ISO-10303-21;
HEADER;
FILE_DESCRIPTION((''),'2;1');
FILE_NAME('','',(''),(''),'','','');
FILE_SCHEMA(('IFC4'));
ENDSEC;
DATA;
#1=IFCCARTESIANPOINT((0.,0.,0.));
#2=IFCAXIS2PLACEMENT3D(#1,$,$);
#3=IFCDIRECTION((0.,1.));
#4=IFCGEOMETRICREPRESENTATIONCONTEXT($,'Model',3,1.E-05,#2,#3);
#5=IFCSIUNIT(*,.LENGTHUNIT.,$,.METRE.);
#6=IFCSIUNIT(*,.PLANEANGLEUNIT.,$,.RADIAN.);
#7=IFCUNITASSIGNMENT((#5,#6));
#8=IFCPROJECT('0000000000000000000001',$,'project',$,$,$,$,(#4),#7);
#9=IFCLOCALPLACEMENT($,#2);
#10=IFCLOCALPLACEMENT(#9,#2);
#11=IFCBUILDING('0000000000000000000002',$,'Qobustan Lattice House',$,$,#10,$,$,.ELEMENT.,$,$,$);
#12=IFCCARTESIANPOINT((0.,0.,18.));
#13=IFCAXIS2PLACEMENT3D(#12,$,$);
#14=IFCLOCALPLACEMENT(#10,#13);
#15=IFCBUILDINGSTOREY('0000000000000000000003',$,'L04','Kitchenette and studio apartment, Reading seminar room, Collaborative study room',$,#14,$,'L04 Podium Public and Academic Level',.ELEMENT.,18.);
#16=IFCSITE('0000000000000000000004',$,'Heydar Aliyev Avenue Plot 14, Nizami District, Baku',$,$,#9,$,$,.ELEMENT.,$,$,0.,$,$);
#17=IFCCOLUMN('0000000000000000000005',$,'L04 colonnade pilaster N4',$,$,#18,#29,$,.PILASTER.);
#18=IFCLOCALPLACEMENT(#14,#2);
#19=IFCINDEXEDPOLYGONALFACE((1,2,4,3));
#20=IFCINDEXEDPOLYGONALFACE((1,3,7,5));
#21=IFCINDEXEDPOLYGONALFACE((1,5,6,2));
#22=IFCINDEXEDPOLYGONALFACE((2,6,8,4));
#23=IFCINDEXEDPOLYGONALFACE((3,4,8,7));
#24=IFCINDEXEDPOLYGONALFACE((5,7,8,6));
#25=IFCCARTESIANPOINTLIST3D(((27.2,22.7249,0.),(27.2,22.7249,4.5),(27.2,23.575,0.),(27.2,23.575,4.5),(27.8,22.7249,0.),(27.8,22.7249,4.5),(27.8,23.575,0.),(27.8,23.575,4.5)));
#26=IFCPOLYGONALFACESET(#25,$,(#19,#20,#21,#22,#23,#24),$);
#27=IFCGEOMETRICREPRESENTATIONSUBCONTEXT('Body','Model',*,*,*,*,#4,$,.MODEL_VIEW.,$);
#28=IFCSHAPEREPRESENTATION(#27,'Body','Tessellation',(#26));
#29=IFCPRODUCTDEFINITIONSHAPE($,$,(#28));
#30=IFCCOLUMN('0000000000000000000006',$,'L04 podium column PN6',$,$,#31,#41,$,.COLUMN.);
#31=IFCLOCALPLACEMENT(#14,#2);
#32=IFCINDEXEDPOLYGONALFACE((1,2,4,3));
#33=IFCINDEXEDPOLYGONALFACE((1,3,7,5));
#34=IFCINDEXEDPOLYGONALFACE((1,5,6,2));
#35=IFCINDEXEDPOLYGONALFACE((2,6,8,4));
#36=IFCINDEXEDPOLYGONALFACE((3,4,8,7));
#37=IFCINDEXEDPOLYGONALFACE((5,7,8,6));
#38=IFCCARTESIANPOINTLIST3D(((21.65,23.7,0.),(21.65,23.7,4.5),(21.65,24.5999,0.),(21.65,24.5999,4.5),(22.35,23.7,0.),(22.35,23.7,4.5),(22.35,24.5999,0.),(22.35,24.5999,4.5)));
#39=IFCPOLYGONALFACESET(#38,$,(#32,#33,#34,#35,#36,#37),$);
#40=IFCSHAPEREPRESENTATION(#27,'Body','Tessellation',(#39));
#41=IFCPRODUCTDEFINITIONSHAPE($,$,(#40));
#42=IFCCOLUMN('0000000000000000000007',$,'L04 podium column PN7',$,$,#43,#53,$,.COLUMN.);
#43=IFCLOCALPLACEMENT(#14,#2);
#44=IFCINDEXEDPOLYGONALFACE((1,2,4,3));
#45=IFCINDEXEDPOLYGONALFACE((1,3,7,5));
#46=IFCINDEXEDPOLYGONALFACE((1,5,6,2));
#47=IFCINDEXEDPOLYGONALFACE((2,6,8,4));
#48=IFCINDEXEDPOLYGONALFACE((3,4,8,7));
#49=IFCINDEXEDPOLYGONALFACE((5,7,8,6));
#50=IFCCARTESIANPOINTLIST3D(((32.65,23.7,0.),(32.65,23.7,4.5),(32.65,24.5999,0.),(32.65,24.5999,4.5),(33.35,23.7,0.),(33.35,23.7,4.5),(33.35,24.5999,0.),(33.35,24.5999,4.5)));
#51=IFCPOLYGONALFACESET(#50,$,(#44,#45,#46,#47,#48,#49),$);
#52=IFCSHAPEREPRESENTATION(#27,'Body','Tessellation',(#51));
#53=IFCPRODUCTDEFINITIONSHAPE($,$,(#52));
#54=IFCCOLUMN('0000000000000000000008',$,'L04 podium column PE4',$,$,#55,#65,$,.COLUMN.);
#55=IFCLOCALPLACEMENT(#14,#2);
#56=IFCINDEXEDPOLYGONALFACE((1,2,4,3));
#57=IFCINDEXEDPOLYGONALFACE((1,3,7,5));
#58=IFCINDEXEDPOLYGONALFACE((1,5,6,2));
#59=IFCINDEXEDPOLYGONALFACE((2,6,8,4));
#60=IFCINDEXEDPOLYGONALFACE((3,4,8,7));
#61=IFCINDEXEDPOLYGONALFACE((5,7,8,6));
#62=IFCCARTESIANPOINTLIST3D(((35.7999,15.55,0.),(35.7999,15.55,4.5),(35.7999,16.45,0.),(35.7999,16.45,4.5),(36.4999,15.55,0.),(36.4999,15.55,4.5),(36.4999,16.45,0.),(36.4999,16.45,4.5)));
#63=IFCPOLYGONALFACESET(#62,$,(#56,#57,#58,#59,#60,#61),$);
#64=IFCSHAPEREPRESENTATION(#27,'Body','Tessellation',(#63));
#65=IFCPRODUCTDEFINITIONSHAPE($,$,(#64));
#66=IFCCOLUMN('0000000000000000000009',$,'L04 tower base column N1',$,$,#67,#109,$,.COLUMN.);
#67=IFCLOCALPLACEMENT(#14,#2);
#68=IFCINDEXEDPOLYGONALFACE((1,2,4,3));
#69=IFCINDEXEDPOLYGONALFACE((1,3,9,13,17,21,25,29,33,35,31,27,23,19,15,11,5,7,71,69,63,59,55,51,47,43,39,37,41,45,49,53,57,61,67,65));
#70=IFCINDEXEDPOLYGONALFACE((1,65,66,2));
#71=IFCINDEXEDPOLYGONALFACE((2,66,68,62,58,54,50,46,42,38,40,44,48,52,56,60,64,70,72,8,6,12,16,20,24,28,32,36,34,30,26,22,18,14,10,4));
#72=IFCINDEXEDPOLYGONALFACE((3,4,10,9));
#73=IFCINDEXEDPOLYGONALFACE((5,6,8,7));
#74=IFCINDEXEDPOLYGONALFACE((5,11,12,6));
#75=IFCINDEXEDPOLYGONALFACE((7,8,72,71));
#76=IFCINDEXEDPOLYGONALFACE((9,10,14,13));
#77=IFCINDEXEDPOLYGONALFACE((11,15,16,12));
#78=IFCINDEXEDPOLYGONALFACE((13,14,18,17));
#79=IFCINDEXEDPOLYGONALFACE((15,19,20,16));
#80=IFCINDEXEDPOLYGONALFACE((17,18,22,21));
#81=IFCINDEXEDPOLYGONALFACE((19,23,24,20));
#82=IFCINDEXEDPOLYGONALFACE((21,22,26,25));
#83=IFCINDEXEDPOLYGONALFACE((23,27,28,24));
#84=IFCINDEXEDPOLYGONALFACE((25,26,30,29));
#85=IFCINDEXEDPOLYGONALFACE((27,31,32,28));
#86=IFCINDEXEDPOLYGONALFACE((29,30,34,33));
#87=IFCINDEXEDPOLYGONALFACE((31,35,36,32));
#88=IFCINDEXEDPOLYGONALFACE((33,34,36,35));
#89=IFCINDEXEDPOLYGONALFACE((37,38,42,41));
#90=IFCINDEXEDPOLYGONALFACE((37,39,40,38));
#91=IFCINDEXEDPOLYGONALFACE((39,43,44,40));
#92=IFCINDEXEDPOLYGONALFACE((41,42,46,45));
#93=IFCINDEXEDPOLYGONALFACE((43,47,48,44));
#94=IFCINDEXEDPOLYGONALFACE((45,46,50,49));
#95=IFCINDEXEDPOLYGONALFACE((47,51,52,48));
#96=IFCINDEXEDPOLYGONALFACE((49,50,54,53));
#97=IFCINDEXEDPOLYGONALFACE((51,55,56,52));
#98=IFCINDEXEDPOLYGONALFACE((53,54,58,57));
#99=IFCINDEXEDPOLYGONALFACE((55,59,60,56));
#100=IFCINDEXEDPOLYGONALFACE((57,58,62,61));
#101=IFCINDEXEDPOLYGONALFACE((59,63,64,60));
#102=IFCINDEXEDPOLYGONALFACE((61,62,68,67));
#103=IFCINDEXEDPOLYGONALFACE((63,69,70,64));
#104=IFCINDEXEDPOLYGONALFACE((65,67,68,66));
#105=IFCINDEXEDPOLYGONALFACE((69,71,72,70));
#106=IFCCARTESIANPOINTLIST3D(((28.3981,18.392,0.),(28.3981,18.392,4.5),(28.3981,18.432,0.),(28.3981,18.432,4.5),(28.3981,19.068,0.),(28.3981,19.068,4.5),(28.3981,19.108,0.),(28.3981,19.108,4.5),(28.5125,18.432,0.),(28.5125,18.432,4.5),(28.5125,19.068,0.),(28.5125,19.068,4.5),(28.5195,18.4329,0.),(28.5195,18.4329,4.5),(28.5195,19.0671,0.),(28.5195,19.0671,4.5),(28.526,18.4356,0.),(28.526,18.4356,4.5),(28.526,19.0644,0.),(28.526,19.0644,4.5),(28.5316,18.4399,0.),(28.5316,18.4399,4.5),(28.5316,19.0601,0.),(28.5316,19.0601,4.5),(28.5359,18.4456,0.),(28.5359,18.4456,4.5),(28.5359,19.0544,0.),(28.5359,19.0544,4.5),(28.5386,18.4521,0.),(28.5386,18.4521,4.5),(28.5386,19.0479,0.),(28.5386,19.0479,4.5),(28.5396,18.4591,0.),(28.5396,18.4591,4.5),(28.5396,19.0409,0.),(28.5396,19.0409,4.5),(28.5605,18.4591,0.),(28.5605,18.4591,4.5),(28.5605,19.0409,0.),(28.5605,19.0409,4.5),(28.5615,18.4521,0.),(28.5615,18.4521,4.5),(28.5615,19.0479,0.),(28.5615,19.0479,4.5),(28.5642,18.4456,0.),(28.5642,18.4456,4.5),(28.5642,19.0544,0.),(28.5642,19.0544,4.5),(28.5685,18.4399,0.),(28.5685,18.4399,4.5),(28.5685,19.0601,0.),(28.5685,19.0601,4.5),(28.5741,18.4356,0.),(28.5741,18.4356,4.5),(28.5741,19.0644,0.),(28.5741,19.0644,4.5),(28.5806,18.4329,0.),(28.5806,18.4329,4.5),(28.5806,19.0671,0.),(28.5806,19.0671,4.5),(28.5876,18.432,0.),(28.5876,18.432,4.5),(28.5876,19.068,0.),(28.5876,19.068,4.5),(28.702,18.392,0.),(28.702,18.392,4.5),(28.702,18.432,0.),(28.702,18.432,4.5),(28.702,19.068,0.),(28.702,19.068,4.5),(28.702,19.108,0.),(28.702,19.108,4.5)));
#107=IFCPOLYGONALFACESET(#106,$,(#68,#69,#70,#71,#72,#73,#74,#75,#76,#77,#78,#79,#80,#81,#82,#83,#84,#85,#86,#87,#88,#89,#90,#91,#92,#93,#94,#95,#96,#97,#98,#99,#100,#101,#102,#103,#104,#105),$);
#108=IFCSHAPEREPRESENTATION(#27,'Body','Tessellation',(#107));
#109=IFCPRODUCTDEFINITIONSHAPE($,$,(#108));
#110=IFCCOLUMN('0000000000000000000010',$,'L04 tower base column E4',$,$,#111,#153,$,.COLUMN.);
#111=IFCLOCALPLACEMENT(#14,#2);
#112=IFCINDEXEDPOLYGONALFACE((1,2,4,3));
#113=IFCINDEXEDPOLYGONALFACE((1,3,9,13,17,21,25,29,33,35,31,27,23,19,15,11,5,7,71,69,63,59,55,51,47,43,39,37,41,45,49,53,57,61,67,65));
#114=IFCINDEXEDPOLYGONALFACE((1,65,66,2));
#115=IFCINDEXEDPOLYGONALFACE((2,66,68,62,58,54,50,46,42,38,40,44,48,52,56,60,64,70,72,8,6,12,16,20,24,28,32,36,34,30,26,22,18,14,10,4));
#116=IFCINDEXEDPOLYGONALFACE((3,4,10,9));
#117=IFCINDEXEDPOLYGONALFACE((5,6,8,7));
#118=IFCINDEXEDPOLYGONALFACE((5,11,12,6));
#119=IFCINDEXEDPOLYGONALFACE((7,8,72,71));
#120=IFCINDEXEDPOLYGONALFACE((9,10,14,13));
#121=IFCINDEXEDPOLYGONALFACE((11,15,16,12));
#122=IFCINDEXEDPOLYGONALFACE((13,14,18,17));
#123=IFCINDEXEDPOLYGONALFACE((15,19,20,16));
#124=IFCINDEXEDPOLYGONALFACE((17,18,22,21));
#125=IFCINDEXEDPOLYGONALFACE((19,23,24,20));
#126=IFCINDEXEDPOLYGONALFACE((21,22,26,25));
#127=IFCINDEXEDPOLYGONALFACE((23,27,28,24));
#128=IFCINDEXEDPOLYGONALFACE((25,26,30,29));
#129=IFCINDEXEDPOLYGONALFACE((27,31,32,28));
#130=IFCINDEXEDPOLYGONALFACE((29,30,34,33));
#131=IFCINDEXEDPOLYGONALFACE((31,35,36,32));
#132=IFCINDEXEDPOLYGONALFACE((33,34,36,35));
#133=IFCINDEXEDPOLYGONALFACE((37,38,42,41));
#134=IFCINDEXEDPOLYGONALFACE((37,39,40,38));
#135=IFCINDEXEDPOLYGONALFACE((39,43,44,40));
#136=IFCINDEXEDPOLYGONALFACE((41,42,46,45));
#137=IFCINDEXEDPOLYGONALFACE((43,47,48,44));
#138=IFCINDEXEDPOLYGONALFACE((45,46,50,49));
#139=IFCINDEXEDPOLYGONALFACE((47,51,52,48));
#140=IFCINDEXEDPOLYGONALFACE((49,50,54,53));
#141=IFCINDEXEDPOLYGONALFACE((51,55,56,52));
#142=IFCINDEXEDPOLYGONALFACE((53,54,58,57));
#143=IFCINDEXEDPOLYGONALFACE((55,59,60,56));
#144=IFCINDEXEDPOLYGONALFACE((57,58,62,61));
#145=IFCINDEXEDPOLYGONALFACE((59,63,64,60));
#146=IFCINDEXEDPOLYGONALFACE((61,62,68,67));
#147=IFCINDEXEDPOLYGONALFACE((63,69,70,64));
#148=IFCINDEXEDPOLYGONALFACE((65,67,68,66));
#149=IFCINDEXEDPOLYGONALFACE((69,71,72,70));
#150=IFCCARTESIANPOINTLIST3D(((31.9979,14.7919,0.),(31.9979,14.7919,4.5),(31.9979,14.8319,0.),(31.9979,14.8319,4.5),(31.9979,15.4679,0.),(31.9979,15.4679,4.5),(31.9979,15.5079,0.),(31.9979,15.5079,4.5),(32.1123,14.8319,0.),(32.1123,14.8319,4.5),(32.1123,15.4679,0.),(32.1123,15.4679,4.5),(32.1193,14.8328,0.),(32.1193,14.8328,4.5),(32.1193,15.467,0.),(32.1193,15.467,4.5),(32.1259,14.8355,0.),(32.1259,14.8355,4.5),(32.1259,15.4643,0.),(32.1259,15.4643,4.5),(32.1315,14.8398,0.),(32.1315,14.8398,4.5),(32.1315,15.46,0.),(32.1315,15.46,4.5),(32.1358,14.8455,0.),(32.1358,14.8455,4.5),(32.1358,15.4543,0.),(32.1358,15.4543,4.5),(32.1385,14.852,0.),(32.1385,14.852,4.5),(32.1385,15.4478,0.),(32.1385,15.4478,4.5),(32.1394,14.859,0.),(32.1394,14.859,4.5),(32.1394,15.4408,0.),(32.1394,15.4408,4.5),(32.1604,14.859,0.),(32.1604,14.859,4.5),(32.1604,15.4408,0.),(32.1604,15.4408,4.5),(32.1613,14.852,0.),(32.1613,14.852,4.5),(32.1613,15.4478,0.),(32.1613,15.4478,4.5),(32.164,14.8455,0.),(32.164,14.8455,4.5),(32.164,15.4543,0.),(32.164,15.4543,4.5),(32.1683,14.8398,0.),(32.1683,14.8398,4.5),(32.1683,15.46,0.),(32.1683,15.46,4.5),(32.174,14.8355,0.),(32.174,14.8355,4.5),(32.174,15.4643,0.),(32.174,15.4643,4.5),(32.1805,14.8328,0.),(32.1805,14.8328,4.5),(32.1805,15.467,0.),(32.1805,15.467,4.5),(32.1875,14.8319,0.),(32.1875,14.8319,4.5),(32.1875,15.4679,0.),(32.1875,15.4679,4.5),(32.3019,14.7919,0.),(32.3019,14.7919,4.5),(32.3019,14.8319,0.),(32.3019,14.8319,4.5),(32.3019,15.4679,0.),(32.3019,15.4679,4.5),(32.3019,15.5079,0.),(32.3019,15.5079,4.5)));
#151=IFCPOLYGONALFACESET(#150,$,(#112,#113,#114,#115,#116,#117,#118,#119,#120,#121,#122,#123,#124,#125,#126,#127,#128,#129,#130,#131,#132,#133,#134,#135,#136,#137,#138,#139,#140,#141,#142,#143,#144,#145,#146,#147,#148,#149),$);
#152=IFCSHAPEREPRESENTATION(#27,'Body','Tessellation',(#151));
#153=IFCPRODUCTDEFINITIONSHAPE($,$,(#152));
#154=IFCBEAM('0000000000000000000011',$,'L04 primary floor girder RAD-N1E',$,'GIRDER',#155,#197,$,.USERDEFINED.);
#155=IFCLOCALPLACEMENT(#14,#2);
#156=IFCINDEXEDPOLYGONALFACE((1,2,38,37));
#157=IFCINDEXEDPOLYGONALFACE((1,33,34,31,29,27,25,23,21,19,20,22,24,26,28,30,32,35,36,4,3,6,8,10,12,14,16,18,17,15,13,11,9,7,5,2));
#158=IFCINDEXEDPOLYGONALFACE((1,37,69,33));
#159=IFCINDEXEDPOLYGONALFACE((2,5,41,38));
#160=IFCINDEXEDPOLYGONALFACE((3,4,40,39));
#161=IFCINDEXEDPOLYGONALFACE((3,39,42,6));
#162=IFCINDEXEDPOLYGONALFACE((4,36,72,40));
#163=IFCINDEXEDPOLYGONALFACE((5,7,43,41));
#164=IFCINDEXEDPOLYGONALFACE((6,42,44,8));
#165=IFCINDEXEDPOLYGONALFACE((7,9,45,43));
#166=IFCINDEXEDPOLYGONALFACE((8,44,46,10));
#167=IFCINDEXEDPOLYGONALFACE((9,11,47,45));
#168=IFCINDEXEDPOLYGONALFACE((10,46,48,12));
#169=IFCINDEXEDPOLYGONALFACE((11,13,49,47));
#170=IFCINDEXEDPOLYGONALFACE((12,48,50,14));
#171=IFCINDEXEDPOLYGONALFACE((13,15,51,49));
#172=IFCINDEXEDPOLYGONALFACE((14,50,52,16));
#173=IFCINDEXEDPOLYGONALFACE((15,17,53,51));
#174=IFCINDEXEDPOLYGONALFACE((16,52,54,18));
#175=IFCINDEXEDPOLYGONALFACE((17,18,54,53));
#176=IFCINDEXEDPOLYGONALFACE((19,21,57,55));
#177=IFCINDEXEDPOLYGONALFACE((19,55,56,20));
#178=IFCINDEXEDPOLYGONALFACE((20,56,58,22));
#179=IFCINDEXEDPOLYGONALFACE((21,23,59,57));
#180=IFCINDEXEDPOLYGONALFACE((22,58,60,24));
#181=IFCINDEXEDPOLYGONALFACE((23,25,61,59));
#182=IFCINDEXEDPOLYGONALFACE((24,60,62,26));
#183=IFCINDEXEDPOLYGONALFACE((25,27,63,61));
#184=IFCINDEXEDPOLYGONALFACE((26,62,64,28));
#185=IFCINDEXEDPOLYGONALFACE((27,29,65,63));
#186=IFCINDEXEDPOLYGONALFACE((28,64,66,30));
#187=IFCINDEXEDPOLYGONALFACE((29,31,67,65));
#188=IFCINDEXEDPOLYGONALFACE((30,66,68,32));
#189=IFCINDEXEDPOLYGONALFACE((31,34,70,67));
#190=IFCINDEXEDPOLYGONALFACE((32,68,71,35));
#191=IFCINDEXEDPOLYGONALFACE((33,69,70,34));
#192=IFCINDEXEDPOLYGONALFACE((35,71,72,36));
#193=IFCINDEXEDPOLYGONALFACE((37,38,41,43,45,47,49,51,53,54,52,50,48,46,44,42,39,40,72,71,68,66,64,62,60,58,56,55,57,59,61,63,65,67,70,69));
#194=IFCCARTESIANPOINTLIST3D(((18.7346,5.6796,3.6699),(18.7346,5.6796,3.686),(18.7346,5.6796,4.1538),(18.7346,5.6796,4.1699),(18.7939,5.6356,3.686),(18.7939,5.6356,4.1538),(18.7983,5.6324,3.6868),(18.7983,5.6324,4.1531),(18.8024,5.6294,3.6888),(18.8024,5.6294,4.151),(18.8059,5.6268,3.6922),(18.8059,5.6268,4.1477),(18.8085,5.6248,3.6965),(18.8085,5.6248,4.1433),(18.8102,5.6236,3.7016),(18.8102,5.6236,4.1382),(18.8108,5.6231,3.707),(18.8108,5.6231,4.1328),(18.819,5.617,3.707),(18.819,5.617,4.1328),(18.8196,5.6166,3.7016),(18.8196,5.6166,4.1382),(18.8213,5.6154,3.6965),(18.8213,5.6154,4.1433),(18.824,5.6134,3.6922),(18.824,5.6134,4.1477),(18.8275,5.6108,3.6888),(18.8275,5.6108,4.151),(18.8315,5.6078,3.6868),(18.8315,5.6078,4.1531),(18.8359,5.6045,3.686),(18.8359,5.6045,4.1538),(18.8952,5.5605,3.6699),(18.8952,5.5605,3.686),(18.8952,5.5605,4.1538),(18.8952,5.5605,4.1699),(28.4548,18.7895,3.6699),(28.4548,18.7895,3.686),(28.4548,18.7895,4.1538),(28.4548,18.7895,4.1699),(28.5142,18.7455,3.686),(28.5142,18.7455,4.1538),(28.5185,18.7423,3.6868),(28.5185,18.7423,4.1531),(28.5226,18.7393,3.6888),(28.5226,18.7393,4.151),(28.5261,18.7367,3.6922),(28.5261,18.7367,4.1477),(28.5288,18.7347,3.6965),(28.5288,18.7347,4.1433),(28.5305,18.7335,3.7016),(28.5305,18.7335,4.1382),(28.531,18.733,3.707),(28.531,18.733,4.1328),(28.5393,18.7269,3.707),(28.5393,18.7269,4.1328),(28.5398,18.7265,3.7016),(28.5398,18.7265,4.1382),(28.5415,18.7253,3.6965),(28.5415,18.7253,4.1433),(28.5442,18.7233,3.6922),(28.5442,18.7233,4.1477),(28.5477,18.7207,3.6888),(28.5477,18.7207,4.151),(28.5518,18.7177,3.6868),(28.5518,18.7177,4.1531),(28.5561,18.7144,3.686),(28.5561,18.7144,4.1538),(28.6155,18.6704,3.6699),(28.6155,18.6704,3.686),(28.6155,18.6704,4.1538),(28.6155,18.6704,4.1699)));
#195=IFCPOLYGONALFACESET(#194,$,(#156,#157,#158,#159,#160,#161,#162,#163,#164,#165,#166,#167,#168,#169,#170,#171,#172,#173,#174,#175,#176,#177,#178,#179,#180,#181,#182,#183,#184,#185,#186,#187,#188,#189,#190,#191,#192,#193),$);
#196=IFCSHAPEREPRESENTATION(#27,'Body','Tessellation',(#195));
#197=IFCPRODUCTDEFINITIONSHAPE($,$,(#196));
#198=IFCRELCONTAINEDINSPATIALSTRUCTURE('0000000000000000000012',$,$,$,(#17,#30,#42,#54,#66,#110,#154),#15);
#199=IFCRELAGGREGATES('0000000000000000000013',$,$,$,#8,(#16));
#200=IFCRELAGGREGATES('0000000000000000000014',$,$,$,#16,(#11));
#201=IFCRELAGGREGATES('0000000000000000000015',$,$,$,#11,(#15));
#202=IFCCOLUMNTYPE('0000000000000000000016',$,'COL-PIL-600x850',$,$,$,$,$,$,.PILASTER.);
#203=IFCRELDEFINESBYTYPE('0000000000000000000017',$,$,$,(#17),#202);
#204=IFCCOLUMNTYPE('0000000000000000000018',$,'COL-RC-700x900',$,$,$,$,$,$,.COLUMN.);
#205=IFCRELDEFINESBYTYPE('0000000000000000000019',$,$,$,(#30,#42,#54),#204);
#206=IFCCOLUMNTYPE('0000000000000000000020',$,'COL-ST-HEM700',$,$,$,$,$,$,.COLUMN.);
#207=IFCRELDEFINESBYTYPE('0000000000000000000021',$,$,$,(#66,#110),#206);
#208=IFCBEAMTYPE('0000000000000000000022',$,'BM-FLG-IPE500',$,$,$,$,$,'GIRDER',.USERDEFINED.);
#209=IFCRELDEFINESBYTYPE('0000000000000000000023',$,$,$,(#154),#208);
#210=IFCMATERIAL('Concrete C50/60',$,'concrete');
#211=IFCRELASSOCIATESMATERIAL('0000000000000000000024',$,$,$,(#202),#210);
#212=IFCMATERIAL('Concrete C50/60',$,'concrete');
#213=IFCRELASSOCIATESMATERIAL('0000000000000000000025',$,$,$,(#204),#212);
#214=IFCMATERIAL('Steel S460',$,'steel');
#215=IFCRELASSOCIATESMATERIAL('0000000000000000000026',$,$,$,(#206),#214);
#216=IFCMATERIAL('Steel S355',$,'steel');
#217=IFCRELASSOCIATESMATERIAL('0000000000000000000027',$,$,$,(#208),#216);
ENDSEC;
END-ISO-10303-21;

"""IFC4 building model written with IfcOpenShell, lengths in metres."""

from ifc_helpers import new_model, si_unit, direction, frame, origin, origin_2d, place, context, subcontext, project, spatial, rectangle, i_section, extrude, material, material_profile, profile_set, type_object, element, save


model = new_model("IFC4")

# Units and contexts
model_context = context("Model", 3, precision=1e-05, world=origin(), true_north=direction((0.0, 1.0)))
body_context = subcontext(model_context, "Body", "Model", "MODEL_VIEW")
ifc_project = project(units=[si_unit("LENGTHUNIT", "METRE"), si_unit("PLANEANGLEUNIT", "RADIAN")], contexts=[model_context])

# Site, building, storey
site_placement = place(None, origin())
site = spatial("IfcSite", under=ifc_project, at=site_placement, Name="Heydar Aliyev Avenue Plot 14, Nizami District, Baku", CompositionType="ELEMENT", RefElevation=0.0)
building_placement = place(site_placement, origin())
building = spatial("IfcBuilding", under=site, at=building_placement, Name="Qobustan Lattice House", CompositionType="ELEMENT")
storey_placement = place(building_placement, frame((0.0, 0.0, 18.0)))
storey = spatial("IfcBuildingStorey", under=building, at=storey_placement, Name="L04", Description="Kitchenette and studio apartment, Reading seminar room, Collaborative study room", LongName="L04 Podium Public and Academic Level", CompositionType="ELEMENT", Elevation=18.0)

# Columns
ifc_material_1 = material(Name="Concrete C50/60", Category="concrete")
ifc_material_profile_1 = material_profile(ifc_material_1, rectangle(XDim=0.6001, YDim=0.8501, at=origin_2d()), Name="RC600x850")
ifc_profile_set_1 = profile_set([ifc_material_profile_1], Name="Concrete C50/60")
column_type_1 = type_object("IfcColumnType", Name="COL-PIL-600x850", PredefinedType="PILASTER", material=ifc_profile_set_1)
column_placement = place(storey_placement, frame((27.5, 23.1499, 0.0), z_axis=(0.0, 0.0, 1.0), x_axis=(1.0, 0.0, 0.0)))
element("IfcColumn", 1, at=column_placement, inside=storey, type_object=column_type_1, Name="L04 colonnade pilaster N4", PredefinedType="PILASTER", context=body_context, shape_type="SweptSolid", body=[
    extrude(rectangle(XDim=0.6001, YDim=0.8501, at=origin_2d()), origin(), (0.0, 0.0, 1.0), 4.5),
])
ifc_material_2 = material(Name="Concrete C50/60", Category="concrete")
ifc_material_profile_2 = material_profile(ifc_material_2, rectangle(XDim=0.7, YDim=0.8999, at=origin_2d()), Name="RC700x900")
ifc_profile_set_2 = profile_set([ifc_material_profile_2], Name="Concrete C50/60")
column_type_2 = type_object("IfcColumnType", Name="COL-RC-700x900", PredefinedType="COLUMN", material=ifc_profile_set_2)
for number, where, z_axis, x_axis, name in (
    (2, (22.0, 24.1499, 0.0), (0.0, 0.0, 1.0), (1.0, 0.0, 0.0), "L04 podium column PN6"),
    (3, (33.0, 24.1499, 0.0), (0.0, 0.0, 1.0), (1.0, 0.0, 0.0), "L04 podium column PN7"),
    (4, (36.1499, 16.0, 0.0), (0.0, 0.0, 1.0), (1.0, 0.0, 0.0), "L04 podium column PE4"),
):
    element("IfcColumn", number, at=place(storey_placement, frame(where, z_axis=z_axis, x_axis=x_axis)), inside=storey, type_object=column_type_2, Name=name, PredefinedType="COLUMN", context=body_context, shape_type="SweptSolid", body=[
        extrude(rectangle(XDim=0.7, YDim=0.8999, at=origin_2d()), origin(), (0.0, 0.0, 1.0), 4.5),
    ])
ifc_material_3 = material(Name="Steel S460", Category="steel")
ifc_material_profile_3 = material_profile(ifc_material_3, i_section(OverallWidth=0.304, OverallDepth=0.7161, WebThickness=0.021, FlangeThickness=0.04, FilletRadius=0.0271, at=origin_2d()), Name="HEM700")
ifc_profile_set_3 = profile_set([ifc_material_profile_3], Name="Steel S460")
column_type_3 = type_object("IfcColumnType", Name="COL-ST-HEM700", PredefinedType="COLUMN", material=ifc_profile_set_3)
for number, where, z_axis, x_axis, name in (
    (5, (28.55, 18.75, 0.0), (0.0, 0.0, 1.0), (1.0, 0.0, 0.0), "L04 tower base column N1"),
    (6, (32.1499, 15.1499, 0.0), (0.0, 0.0, 1.0), (1.0, 0.0, 0.0), "L04 tower base column E4"),
):
    element("IfcColumn", number, at=place(storey_placement, frame(where, z_axis=z_axis, x_axis=x_axis)), inside=storey, type_object=column_type_3, Name=name, PredefinedType="COLUMN", context=body_context, shape_type="SweptSolid", body=[
        extrude(i_section(OverallWidth=0.304, OverallDepth=0.7161, WebThickness=0.021, FlangeThickness=0.04, FilletRadius=0.0271, at=origin_2d()), origin(), (0.0, 0.0, 1.0), 4.5),
    ])

# Beam
ifc_material_4 = material(Name="Steel S355", Category="steel")
ifc_material_profile_4 = material_profile(ifc_material_4, i_section(OverallWidth=0.2, OverallDepth=0.5, WebThickness=0.0103, FlangeThickness=0.0161, FilletRadius=0.021, at=origin_2d()), Name="IPE500")
ifc_profile_set_4 = profile_set([ifc_material_profile_4], Name="Steel S355")
beam_type_1 = type_object("IfcBeamType", Name="BM-FLG-IPE500", ElementType="GIRDER", PredefinedType="USERDEFINED", material=ifc_profile_set_4)
beam_1_placement = place(storey_placement, frame((28.5352, 18.73, 3.9199), z_axis=(-0.595592, -0.803287, 0.0), x_axis=(0.803287, -0.595592, 0.0)))
element("IfcBeam", 7, at=beam_1_placement, inside=storey, type_object=beam_type_1, Name="L04 primary floor girder RAD-N1E", ObjectType="GIRDER", PredefinedType="USERDEFINED", context=body_context, shape_type="SweptSolid", body=[
    extrude(i_section(OverallWidth=0.2, OverallDepth=0.5, WebThickness=0.0103, FlangeThickness=0.0161, FilletRadius=0.021, at=origin_2d()), origin(), (0.0, 0.0, 1.0), 16.3203),
])

save(model, "model.ifc")
